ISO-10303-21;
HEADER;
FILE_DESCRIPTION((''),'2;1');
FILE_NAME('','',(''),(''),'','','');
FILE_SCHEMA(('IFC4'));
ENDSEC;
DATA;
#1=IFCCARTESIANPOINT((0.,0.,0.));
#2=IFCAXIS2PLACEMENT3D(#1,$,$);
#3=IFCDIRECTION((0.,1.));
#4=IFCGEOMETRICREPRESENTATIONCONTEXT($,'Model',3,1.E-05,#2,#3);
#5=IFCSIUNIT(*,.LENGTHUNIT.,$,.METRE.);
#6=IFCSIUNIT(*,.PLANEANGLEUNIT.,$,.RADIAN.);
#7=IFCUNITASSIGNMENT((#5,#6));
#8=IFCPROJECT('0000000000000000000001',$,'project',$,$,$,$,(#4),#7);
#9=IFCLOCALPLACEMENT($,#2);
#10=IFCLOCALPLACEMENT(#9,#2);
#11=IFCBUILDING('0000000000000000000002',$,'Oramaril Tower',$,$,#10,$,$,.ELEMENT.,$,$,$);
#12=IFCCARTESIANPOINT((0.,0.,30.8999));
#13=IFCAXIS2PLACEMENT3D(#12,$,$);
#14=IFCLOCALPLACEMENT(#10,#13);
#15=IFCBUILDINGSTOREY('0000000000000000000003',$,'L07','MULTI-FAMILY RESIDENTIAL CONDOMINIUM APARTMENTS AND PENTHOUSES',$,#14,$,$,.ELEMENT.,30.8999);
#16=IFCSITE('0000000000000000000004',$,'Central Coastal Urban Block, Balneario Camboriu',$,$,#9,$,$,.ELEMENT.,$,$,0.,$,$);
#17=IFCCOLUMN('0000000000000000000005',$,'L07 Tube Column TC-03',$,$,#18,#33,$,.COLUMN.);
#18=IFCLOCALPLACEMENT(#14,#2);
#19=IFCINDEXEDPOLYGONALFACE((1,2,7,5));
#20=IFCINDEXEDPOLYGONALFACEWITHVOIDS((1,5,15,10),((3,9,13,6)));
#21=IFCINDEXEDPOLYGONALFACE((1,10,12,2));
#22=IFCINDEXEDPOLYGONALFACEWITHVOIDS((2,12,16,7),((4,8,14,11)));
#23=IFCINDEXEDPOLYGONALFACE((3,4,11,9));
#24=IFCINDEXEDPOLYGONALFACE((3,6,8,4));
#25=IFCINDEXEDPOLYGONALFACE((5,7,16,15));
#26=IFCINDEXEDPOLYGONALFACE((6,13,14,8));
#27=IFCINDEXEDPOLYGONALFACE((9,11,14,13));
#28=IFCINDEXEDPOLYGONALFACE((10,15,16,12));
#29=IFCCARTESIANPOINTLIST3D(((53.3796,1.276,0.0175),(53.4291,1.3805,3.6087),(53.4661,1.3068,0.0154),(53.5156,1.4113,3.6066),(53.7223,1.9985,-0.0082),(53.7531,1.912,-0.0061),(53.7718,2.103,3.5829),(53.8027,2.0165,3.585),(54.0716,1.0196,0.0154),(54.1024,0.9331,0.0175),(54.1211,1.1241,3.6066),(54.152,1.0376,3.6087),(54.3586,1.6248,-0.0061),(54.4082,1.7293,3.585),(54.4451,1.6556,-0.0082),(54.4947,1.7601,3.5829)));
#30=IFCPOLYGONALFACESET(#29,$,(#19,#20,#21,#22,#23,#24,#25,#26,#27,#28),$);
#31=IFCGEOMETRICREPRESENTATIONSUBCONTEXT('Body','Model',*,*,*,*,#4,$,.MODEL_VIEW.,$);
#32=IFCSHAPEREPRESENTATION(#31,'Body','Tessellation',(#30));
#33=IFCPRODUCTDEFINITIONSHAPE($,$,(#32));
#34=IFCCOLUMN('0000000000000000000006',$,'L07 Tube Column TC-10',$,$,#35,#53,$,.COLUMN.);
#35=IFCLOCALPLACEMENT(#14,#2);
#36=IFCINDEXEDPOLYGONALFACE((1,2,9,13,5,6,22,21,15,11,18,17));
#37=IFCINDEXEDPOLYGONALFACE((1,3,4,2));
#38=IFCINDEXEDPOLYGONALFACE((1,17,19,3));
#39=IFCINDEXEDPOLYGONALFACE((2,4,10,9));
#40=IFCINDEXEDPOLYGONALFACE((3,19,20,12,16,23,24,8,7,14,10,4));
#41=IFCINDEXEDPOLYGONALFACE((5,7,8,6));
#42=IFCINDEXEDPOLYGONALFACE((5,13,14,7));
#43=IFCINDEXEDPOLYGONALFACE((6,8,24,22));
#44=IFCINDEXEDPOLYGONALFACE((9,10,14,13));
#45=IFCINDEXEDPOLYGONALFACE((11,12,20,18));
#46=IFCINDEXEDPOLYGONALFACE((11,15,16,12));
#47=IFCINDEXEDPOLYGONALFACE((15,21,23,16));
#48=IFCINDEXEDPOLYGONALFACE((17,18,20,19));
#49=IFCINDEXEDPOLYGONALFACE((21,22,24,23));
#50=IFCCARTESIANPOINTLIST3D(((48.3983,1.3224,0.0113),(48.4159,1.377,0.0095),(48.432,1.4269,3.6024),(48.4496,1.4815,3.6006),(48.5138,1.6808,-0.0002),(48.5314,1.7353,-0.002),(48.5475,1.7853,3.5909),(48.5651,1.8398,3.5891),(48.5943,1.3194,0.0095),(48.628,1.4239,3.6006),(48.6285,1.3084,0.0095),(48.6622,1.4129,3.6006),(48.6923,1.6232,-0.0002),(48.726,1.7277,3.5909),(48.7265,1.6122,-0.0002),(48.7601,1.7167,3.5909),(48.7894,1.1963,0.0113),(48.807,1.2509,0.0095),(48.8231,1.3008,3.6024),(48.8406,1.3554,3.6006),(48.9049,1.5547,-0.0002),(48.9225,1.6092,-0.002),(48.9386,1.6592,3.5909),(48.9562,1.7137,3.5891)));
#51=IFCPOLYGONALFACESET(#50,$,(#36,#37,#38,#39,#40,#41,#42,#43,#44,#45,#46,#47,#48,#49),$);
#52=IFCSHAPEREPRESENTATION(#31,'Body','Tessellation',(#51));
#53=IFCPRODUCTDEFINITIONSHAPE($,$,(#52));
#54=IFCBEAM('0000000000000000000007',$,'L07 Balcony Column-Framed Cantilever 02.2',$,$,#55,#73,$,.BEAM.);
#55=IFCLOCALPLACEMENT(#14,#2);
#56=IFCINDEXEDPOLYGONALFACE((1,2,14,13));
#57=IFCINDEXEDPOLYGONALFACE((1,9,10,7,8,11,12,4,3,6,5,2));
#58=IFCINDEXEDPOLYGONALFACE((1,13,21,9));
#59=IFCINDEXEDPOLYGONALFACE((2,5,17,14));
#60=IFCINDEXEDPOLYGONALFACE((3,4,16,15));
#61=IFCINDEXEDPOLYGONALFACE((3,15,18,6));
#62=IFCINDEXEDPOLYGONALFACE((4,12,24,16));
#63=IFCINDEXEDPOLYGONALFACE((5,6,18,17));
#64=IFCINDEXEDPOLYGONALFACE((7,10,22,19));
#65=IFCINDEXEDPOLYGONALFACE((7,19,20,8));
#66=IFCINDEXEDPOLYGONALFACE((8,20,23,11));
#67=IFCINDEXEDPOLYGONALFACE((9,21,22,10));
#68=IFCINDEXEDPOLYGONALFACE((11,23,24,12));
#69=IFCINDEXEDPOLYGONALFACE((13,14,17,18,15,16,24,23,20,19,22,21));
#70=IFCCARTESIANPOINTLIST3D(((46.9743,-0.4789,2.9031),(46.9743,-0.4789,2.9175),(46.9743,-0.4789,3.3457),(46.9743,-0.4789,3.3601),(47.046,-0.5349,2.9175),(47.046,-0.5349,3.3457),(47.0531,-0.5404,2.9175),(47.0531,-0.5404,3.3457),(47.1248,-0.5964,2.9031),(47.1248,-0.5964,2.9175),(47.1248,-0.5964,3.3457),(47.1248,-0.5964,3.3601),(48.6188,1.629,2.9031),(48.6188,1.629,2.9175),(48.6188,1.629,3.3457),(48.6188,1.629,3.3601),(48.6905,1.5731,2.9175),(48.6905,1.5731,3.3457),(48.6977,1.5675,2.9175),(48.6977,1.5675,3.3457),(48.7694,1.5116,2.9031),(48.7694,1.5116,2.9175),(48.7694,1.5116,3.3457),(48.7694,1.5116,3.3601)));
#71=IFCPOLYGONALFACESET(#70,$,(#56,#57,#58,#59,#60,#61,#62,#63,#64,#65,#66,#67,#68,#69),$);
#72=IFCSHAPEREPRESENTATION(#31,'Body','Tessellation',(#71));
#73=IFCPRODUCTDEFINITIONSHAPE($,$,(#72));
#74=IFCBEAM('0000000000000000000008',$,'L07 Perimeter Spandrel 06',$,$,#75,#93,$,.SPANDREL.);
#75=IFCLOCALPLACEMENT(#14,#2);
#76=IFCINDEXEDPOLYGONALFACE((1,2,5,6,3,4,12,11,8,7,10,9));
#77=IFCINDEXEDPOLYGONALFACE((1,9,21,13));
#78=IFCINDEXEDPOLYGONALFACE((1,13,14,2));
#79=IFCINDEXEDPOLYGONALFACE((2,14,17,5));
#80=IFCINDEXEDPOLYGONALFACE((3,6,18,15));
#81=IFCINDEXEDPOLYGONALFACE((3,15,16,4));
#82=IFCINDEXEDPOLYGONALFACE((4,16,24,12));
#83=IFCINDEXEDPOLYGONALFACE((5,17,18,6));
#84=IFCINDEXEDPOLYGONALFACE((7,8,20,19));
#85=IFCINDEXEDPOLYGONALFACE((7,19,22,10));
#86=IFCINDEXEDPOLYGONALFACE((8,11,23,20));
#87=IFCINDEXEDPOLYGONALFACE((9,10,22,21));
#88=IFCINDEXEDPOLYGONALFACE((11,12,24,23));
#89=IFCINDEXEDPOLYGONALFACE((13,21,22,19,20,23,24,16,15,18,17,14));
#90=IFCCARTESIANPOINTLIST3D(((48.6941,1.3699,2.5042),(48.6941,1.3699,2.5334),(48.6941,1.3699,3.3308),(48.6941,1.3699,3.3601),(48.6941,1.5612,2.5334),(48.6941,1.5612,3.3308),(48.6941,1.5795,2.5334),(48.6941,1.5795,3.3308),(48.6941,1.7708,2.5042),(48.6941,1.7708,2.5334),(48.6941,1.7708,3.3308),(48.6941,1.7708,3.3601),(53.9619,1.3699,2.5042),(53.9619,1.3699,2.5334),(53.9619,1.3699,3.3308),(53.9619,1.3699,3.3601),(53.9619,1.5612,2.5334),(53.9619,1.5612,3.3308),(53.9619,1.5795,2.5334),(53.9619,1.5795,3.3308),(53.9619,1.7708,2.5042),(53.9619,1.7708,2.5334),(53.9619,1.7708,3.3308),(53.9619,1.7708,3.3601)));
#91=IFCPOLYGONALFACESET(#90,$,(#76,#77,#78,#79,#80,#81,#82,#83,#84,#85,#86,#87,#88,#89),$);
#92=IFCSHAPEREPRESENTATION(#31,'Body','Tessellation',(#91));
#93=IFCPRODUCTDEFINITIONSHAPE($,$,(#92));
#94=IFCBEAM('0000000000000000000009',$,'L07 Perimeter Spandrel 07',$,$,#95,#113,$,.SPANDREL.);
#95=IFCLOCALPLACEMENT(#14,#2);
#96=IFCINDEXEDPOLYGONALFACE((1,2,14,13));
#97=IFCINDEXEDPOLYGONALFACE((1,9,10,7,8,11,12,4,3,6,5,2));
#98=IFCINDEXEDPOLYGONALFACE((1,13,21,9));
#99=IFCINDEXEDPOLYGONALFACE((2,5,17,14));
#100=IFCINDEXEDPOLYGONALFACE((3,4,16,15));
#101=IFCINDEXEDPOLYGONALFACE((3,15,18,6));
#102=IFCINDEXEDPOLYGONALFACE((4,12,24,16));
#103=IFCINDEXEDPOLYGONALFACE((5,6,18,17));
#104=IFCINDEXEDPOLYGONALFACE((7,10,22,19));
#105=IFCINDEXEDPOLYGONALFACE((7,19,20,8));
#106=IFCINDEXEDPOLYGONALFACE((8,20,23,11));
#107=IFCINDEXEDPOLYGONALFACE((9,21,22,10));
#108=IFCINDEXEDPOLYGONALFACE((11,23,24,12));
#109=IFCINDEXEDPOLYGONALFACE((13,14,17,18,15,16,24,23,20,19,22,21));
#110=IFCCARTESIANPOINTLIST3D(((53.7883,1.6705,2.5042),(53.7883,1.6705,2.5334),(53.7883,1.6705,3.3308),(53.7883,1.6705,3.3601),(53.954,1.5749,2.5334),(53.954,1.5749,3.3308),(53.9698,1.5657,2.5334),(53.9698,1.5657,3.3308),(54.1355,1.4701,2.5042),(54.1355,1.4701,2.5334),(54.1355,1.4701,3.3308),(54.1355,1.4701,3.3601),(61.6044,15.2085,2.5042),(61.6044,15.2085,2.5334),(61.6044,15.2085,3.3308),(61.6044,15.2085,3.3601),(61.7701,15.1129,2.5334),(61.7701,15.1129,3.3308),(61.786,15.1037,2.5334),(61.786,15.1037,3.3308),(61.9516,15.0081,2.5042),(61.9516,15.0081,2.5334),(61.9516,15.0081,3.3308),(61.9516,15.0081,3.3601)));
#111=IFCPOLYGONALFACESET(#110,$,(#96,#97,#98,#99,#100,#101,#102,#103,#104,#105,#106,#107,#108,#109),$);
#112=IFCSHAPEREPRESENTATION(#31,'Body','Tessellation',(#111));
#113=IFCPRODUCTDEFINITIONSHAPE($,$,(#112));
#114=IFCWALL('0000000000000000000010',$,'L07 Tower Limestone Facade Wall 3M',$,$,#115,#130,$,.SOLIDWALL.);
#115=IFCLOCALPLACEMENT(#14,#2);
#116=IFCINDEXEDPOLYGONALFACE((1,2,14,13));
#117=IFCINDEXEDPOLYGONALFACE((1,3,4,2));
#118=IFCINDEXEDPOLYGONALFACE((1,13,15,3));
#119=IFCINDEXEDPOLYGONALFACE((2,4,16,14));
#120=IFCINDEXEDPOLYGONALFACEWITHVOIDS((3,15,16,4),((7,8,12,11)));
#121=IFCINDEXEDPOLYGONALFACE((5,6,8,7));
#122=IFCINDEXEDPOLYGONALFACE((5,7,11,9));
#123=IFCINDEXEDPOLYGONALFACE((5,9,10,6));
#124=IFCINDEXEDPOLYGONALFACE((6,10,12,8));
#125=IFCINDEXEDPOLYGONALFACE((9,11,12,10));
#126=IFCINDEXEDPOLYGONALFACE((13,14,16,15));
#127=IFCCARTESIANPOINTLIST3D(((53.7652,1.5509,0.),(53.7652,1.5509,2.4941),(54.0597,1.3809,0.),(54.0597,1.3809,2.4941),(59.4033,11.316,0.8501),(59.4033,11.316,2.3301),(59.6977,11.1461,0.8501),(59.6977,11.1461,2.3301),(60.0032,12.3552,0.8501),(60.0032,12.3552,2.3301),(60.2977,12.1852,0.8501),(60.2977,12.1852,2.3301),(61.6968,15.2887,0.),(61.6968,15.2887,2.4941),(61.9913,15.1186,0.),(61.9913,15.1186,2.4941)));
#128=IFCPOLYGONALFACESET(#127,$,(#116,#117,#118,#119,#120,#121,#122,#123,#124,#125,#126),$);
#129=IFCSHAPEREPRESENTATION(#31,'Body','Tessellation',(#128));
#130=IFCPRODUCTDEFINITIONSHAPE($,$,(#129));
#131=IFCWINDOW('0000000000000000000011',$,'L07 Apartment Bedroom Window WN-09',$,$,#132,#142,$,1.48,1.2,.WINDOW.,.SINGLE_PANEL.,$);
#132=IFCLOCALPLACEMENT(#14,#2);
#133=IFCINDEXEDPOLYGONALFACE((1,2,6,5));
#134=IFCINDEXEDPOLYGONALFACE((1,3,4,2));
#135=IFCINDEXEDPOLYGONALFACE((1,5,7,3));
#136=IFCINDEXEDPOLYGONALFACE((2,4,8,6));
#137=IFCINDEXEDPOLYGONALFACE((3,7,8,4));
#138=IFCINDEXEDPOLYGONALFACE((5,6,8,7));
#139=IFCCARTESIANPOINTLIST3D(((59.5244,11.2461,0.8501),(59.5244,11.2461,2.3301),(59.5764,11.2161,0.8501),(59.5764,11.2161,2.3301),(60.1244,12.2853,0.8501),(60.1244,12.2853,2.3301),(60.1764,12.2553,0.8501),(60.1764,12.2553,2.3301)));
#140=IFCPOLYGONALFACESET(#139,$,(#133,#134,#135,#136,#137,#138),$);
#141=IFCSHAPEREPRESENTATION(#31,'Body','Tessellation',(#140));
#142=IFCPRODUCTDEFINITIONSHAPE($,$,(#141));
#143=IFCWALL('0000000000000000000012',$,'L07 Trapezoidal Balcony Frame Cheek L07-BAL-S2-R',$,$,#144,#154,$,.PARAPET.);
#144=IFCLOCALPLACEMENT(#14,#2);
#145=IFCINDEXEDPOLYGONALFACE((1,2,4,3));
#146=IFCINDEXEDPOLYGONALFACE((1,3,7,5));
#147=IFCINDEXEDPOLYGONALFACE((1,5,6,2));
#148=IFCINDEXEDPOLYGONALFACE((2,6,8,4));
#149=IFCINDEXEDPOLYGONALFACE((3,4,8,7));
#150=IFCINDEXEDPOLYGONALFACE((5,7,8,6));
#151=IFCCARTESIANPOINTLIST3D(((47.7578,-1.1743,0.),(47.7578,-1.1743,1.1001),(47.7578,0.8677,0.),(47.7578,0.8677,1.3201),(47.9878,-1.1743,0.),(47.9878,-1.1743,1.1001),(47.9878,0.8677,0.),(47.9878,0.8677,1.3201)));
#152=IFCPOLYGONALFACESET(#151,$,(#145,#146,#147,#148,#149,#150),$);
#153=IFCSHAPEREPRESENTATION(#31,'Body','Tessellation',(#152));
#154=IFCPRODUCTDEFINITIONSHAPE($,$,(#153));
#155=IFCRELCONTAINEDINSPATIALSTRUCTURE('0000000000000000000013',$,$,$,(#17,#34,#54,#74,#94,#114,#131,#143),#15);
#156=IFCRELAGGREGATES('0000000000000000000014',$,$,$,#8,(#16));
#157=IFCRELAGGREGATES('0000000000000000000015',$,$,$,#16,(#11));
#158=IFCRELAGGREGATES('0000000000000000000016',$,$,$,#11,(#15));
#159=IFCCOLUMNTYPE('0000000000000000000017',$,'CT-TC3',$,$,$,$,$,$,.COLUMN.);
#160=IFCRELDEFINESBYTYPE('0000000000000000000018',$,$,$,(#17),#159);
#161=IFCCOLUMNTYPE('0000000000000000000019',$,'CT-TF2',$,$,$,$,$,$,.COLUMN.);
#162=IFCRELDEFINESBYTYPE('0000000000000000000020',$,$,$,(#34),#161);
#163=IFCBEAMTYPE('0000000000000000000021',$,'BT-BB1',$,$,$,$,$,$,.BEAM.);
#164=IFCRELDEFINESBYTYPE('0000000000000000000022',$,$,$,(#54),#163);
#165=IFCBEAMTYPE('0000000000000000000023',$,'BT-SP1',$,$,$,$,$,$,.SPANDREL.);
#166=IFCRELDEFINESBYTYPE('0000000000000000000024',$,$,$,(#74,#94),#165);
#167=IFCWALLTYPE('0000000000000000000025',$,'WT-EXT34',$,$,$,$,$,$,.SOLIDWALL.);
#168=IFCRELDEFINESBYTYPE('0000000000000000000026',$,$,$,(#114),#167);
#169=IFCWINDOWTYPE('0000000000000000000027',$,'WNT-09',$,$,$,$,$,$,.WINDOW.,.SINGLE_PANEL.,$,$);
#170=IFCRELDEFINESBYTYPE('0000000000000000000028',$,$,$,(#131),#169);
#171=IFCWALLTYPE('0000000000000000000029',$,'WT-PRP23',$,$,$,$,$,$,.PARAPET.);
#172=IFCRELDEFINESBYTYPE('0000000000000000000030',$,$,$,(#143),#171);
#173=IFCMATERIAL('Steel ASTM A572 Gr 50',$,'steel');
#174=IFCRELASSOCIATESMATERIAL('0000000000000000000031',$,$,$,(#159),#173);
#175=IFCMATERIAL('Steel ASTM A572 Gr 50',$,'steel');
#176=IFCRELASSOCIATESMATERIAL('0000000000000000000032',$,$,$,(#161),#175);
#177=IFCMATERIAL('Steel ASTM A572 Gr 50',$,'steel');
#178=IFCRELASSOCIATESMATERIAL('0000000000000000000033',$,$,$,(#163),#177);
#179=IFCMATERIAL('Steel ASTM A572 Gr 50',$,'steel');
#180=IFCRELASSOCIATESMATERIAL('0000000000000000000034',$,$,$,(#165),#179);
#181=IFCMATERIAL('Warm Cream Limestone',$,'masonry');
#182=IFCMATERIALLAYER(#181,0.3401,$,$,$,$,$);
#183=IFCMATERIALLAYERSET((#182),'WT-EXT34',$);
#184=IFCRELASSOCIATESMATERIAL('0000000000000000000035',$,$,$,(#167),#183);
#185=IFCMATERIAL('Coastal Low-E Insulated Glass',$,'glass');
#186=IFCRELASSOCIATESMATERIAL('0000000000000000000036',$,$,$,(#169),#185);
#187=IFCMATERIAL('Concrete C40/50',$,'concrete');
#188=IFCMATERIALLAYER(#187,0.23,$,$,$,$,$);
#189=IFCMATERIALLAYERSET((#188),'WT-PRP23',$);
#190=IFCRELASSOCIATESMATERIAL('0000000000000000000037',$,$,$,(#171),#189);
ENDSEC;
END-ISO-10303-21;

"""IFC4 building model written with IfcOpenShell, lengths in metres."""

from ifc_helpers import new_model, si_unit, direction, frame, frame_2d, origin, origin_2d, place, context, subcontext, project, spatial, polyline, rectangle, hollow_rectangle, i_section, outline, extrude, material, layer, layer_set, material_profile, profile_set, type_object, element, fill, save


model = new_model("IFC4")

# Units and contexts
model_context = context("Model", 3, precision=1e-05, world=origin(), true_north=direction((0.0, 1.0)))
body_context = subcontext(model_context, "Body", "Model", "MODEL_VIEW")
ifc_project = project(units=[si_unit("LENGTHUNIT", "METRE"), si_unit("PLANEANGLEUNIT", "RADIAN")], contexts=[model_context])

# Site, building, storey
site_placement = place(None, origin())
site = spatial("IfcSite", under=ifc_project, at=site_placement, Name="Central Coastal Urban Block, Balneario Camboriu", CompositionType="ELEMENT", RefElevation=0.0)
building_placement = place(site_placement, origin())
building = spatial("IfcBuilding", under=site, at=building_placement, Name="Oramaril Tower", CompositionType="ELEMENT")
storey_placement = place(building_placement, frame((0.0, 0.0, 30.8999)))
storey = spatial("IfcBuildingStorey", under=building, at=storey_placement, Name="L07", Description="MULTI-FAMILY RESIDENTIAL CONDOMINIUM APARTMENTS AND PENTHOUSES", CompositionType="ELEMENT", Elevation=30.8999)

# Columns
ifc_material_1 = material(Name="Steel ASTM A572 Gr 50", Category="steel")
ifc_material_profile_1 = material_profile(ifc_material_1, hollow_rectangle(XDim=0.8, YDim=0.8, WallThickness=0.0649, at=origin_2d()), Name="BOX800X800X65")
ifc_profile_set_1 = profile_set([ifc_material_profile_1], Name="Steel ASTM A572 Gr 50")
column_type_1 = type_object("IfcColumnType", Name="CT-TC3", PredefinedType="COLUMN", material=ifc_profile_set_1)
column_1_placement = place(storey_placement, frame((53.9124, 1.4658, 0.0046), z_axis=(0.013794, 0.029083, 0.999482), x_axis=(-0.903523, 0.42854, 0.0)))
element("IfcColumn", 1, at=column_1_placement, inside=storey, type_object=column_type_1, Name="L07 Tube Column TC-03", PredefinedType="COLUMN", context=body_context, shape_type="SweptSolid", body=[
    extrude(hollow_rectangle(XDim=0.8, YDim=0.8, WallThickness=0.0649, at=origin_2d()), origin(), (0.0, 0.0, 1.0), 3.593),
])
ifc_material_2 = material(Name="Steel ASTM A572 Gr 50", Category="steel")
ifc_material_profile_2 = material_profile(ifc_material_2, i_section(OverallWidth=0.4109, OverallDepth=0.4341, WebThickness=0.0359, FlangeThickness=0.0574, at=origin_2d()), Name="W14X311")
ifc_profile_set_2 = profile_set([ifc_material_profile_2], Name="Steel ASTM A572 Gr 50")
column_type_2 = type_object("IfcColumnType", Name="CT-TF2", PredefinedType="COLUMN", material=ifc_profile_set_2)
column_2_placement = place(storey_placement, frame((48.6604, 1.4658, 0.0046), z_axis=(0.009378, 0.029084, 0.999533), x_axis=(-0.951751, 0.306873, 0.0)))
element("IfcColumn", 2, at=column_2_placement, inside=storey, type_object=column_type_2, Name="L07 Tube Column TC-10", PredefinedType="COLUMN", context=body_context, shape_type="SweptSolid", body=[
    extrude(i_section(OverallWidth=0.4109, OverallDepth=0.4341, WebThickness=0.0359, FlangeThickness=0.0574, at=origin_2d()), origin(), (0.0, 0.0, 1.0), 3.5928),
])

# Beams
ifc_material_3 = material(Name="Steel ASTM A572 Gr 50", Category="steel")
ifc_material_profile_3 = material_profile(ifc_material_3, i_section(OverallWidth=0.1909, OverallDepth=0.457, WebThickness=0.009, FlangeThickness=0.0144, at=origin_2d()), Name="W18X50")
ifc_profile_set_3 = profile_set([ifc_material_profile_3], Name="Steel ASTM A572 Gr 50")
beam_type_1 = type_object("IfcBeamType", Name="BT-BB1", PredefinedType="BEAM", material=ifc_profile_set_3)
beam_1_placement = place(storey_placement, frame((48.6941, 1.5703, 3.1316), z_axis=(-0.615116, -0.788437, 0.0), x_axis=(0.788437, -0.615116, 0.0)))
element("IfcBeam", 3, at=beam_1_placement, inside=storey, type_object=beam_type_1, Name="L07 Balcony Column-Framed Cantilever 02.2", PredefinedType="BEAM", context=body_context, shape_type="SweptSolid", body=[
    extrude(i_section(OverallWidth=0.1909, OverallDepth=0.457, WebThickness=0.009, FlangeThickness=0.0144, at=origin_2d()), origin(), (0.0, 0.0, 1.0), 2.6736),
])
ifc_material_4 = material(Name="Steel ASTM A572 Gr 50", Category="steel")
ifc_material_profile_4 = material_profile(ifc_material_4, i_section(OverallWidth=0.4009, OverallDepth=0.856, WebThickness=0.0183, FlangeThickness=0.0293, at=origin_2d()), Name="W33X201")
ifc_profile_set_4 = profile_set([ifc_material_profile_4], Name="Steel ASTM A572 Gr 50")
beam_type_2 = type_object("IfcBeamType", Name="BT-SP1", PredefinedType="SPANDREL", material=ifc_profile_set_4)
beam_2_placement = place(storey_placement, frame((48.6941, 1.5703, 2.9321), z_axis=(1.0, 0.0, 0.0), x_axis=(0.0, 1.0, 0.0)))
element("IfcBeam", 4, at=beam_2_placement, inside=storey, type_object=beam_type_2, Name="L07 Perimeter Spandrel 06", PredefinedType="SPANDREL", context=body_context, shape_type="SweptSolid", body=[
    extrude(i_section(OverallWidth=0.4009, OverallDepth=0.856, WebThickness=0.0183, FlangeThickness=0.0293, at=origin_2d()), origin(), (0.0, 0.0, 1.0), 5.2678),
])
beam_3_placement = place(storey_placement, frame((53.9619, 1.5703, 2.9321), z_axis=(0.499997, 0.866027, 0.0), x_axis=(-0.866027, 0.499997, 0.0)))
element("IfcBeam", 5, at=beam_3_placement, inside=storey, type_object=beam_type_2, Name="L07 Perimeter Spandrel 07", PredefinedType="SPANDREL", context=body_context, shape_type="SweptSolid", body=[
    extrude(i_section(OverallWidth=0.4009, OverallDepth=0.856, WebThickness=0.0183, FlangeThickness=0.0293, at=origin_2d()), origin(), (0.0, 0.0, 1.0), 15.6323),
])

# Wall, opening, window
ifc_material_5 = material(Name="Warm Cream Limestone", Category="masonry")
ifc_layer_1 = layer(ifc_material_5, 0.3401)
ifc_layer_set_1 = layer_set([ifc_layer_1], Name="WT-EXT34")
wall_type_1 = type_object("IfcWallType", Name="WT-EXT34", PredefinedType="SOLIDWALL", material=ifc_layer_set_1)
wall_1_placement = place(storey_placement, frame((53.9124, 1.4658, 0.0), z_axis=(0.0, 0.0, 1.0), x_axis=(0.500006, 0.866022, 0.0)))
wall_1 = element("IfcWall", 6, at=wall_1_placement, inside=storey, type_object=wall_type_1, Name="L07 Tower Limestone Facade Wall 3M", PredefinedType="SOLIDWALL", context=body_context, shape_type="SweptSolid", body=[
    extrude(rectangle(XDim=15.863, YDim=0.3401, at=frame_2d((7.9316, 0.0))), origin(), (0.0, 0.0, 1.0), 2.4941),
])
opening_1_placement = place(wall_1_placement, frame((11.2759, 0.0, 0.8501)))
opening_1 = element("IfcOpeningElement", 7, at=opening_1_placement, cuts=wall_1, PredefinedType="OPENING", context=body_context, shape_type="SweptSolid", body=[
    extrude(rectangle(XDim=1.2, YDim=1.48, at=frame_2d((0.6001, 0.74))), frame((0.0, 0.1699, 0.0), z_axis=(0.0, -1.0, 0.0), x_axis=(1.0, 0.0, 0.0)), (0.0, 0.0, 1.0), 0.3401),
])
ifc_material_6 = material(Name="Coastal Low-E Insulated Glass", Category="glass")
window_type = type_object("IfcWindowType", Name="WNT-09", PartitioningType="SINGLE_PANEL", PredefinedType="WINDOW", material=ifc_material_6)
window_placement = place(opening_1_placement, origin())
window = element("IfcWindow", 8, at=window_placement, inside=storey, type_object=window_type, Name="L07 Apartment Bedroom Window WN-09", OverallHeight=1.48, OverallWidth=1.2, PartitioningType="SINGLE_PANEL", PredefinedType="WINDOW", context=body_context, shape_type="SweptSolid", body=[
    extrude(rectangle(XDim=1.2, YDim=1.48, at=frame_2d((0.6001, 0.74))), frame((0.0, 0.03, 0.0), z_axis=(0.0, -1.0, 0.0), x_axis=(1.0, 0.0, 0.0)), (0.0, 0.0, 1.0), 0.0601),
])
fill(opening_1, window)

# Wall
ifc_material_7 = material(Name="Concrete C40/50", Category="concrete")
ifc_layer_2 = layer(ifc_material_7, 0.23)
ifc_layer_set_2 = layer_set([ifc_layer_2], Name="WT-PRP23")
wall_type_2 = type_object("IfcWallType", Name="WT-PRP23", PredefinedType="PARAPET", material=ifc_layer_set_2)
wall_2_placement = place(storey_placement, frame((47.8728, 0.8677, 0.0), z_axis=(0.0, 0.0, 1.0), x_axis=(0.0, -1.0, 0.0)))
element("IfcWall", 9, at=wall_2_placement, inside=storey, type_object=wall_type_2, Name="L07 Trapezoidal Balcony Frame Cheek L07-BAL-S2-R", PredefinedType="PARAPET", context=body_context, shape_type="SweptSolid", body=[
    extrude(outline(polyline([(0.0, 0.0), (2.042, 0.0), (2.042, 1.1001), (0.0, 1.3201), (0.0, 0.0)])), frame((0.0, 0.115, 0.0), z_axis=(0.0, -1.0, 0.0), x_axis=(1.0, 0.0, 0.0)), (0.0, 0.0, 1.0), 0.23),
])

save(model, "model.ifc")
